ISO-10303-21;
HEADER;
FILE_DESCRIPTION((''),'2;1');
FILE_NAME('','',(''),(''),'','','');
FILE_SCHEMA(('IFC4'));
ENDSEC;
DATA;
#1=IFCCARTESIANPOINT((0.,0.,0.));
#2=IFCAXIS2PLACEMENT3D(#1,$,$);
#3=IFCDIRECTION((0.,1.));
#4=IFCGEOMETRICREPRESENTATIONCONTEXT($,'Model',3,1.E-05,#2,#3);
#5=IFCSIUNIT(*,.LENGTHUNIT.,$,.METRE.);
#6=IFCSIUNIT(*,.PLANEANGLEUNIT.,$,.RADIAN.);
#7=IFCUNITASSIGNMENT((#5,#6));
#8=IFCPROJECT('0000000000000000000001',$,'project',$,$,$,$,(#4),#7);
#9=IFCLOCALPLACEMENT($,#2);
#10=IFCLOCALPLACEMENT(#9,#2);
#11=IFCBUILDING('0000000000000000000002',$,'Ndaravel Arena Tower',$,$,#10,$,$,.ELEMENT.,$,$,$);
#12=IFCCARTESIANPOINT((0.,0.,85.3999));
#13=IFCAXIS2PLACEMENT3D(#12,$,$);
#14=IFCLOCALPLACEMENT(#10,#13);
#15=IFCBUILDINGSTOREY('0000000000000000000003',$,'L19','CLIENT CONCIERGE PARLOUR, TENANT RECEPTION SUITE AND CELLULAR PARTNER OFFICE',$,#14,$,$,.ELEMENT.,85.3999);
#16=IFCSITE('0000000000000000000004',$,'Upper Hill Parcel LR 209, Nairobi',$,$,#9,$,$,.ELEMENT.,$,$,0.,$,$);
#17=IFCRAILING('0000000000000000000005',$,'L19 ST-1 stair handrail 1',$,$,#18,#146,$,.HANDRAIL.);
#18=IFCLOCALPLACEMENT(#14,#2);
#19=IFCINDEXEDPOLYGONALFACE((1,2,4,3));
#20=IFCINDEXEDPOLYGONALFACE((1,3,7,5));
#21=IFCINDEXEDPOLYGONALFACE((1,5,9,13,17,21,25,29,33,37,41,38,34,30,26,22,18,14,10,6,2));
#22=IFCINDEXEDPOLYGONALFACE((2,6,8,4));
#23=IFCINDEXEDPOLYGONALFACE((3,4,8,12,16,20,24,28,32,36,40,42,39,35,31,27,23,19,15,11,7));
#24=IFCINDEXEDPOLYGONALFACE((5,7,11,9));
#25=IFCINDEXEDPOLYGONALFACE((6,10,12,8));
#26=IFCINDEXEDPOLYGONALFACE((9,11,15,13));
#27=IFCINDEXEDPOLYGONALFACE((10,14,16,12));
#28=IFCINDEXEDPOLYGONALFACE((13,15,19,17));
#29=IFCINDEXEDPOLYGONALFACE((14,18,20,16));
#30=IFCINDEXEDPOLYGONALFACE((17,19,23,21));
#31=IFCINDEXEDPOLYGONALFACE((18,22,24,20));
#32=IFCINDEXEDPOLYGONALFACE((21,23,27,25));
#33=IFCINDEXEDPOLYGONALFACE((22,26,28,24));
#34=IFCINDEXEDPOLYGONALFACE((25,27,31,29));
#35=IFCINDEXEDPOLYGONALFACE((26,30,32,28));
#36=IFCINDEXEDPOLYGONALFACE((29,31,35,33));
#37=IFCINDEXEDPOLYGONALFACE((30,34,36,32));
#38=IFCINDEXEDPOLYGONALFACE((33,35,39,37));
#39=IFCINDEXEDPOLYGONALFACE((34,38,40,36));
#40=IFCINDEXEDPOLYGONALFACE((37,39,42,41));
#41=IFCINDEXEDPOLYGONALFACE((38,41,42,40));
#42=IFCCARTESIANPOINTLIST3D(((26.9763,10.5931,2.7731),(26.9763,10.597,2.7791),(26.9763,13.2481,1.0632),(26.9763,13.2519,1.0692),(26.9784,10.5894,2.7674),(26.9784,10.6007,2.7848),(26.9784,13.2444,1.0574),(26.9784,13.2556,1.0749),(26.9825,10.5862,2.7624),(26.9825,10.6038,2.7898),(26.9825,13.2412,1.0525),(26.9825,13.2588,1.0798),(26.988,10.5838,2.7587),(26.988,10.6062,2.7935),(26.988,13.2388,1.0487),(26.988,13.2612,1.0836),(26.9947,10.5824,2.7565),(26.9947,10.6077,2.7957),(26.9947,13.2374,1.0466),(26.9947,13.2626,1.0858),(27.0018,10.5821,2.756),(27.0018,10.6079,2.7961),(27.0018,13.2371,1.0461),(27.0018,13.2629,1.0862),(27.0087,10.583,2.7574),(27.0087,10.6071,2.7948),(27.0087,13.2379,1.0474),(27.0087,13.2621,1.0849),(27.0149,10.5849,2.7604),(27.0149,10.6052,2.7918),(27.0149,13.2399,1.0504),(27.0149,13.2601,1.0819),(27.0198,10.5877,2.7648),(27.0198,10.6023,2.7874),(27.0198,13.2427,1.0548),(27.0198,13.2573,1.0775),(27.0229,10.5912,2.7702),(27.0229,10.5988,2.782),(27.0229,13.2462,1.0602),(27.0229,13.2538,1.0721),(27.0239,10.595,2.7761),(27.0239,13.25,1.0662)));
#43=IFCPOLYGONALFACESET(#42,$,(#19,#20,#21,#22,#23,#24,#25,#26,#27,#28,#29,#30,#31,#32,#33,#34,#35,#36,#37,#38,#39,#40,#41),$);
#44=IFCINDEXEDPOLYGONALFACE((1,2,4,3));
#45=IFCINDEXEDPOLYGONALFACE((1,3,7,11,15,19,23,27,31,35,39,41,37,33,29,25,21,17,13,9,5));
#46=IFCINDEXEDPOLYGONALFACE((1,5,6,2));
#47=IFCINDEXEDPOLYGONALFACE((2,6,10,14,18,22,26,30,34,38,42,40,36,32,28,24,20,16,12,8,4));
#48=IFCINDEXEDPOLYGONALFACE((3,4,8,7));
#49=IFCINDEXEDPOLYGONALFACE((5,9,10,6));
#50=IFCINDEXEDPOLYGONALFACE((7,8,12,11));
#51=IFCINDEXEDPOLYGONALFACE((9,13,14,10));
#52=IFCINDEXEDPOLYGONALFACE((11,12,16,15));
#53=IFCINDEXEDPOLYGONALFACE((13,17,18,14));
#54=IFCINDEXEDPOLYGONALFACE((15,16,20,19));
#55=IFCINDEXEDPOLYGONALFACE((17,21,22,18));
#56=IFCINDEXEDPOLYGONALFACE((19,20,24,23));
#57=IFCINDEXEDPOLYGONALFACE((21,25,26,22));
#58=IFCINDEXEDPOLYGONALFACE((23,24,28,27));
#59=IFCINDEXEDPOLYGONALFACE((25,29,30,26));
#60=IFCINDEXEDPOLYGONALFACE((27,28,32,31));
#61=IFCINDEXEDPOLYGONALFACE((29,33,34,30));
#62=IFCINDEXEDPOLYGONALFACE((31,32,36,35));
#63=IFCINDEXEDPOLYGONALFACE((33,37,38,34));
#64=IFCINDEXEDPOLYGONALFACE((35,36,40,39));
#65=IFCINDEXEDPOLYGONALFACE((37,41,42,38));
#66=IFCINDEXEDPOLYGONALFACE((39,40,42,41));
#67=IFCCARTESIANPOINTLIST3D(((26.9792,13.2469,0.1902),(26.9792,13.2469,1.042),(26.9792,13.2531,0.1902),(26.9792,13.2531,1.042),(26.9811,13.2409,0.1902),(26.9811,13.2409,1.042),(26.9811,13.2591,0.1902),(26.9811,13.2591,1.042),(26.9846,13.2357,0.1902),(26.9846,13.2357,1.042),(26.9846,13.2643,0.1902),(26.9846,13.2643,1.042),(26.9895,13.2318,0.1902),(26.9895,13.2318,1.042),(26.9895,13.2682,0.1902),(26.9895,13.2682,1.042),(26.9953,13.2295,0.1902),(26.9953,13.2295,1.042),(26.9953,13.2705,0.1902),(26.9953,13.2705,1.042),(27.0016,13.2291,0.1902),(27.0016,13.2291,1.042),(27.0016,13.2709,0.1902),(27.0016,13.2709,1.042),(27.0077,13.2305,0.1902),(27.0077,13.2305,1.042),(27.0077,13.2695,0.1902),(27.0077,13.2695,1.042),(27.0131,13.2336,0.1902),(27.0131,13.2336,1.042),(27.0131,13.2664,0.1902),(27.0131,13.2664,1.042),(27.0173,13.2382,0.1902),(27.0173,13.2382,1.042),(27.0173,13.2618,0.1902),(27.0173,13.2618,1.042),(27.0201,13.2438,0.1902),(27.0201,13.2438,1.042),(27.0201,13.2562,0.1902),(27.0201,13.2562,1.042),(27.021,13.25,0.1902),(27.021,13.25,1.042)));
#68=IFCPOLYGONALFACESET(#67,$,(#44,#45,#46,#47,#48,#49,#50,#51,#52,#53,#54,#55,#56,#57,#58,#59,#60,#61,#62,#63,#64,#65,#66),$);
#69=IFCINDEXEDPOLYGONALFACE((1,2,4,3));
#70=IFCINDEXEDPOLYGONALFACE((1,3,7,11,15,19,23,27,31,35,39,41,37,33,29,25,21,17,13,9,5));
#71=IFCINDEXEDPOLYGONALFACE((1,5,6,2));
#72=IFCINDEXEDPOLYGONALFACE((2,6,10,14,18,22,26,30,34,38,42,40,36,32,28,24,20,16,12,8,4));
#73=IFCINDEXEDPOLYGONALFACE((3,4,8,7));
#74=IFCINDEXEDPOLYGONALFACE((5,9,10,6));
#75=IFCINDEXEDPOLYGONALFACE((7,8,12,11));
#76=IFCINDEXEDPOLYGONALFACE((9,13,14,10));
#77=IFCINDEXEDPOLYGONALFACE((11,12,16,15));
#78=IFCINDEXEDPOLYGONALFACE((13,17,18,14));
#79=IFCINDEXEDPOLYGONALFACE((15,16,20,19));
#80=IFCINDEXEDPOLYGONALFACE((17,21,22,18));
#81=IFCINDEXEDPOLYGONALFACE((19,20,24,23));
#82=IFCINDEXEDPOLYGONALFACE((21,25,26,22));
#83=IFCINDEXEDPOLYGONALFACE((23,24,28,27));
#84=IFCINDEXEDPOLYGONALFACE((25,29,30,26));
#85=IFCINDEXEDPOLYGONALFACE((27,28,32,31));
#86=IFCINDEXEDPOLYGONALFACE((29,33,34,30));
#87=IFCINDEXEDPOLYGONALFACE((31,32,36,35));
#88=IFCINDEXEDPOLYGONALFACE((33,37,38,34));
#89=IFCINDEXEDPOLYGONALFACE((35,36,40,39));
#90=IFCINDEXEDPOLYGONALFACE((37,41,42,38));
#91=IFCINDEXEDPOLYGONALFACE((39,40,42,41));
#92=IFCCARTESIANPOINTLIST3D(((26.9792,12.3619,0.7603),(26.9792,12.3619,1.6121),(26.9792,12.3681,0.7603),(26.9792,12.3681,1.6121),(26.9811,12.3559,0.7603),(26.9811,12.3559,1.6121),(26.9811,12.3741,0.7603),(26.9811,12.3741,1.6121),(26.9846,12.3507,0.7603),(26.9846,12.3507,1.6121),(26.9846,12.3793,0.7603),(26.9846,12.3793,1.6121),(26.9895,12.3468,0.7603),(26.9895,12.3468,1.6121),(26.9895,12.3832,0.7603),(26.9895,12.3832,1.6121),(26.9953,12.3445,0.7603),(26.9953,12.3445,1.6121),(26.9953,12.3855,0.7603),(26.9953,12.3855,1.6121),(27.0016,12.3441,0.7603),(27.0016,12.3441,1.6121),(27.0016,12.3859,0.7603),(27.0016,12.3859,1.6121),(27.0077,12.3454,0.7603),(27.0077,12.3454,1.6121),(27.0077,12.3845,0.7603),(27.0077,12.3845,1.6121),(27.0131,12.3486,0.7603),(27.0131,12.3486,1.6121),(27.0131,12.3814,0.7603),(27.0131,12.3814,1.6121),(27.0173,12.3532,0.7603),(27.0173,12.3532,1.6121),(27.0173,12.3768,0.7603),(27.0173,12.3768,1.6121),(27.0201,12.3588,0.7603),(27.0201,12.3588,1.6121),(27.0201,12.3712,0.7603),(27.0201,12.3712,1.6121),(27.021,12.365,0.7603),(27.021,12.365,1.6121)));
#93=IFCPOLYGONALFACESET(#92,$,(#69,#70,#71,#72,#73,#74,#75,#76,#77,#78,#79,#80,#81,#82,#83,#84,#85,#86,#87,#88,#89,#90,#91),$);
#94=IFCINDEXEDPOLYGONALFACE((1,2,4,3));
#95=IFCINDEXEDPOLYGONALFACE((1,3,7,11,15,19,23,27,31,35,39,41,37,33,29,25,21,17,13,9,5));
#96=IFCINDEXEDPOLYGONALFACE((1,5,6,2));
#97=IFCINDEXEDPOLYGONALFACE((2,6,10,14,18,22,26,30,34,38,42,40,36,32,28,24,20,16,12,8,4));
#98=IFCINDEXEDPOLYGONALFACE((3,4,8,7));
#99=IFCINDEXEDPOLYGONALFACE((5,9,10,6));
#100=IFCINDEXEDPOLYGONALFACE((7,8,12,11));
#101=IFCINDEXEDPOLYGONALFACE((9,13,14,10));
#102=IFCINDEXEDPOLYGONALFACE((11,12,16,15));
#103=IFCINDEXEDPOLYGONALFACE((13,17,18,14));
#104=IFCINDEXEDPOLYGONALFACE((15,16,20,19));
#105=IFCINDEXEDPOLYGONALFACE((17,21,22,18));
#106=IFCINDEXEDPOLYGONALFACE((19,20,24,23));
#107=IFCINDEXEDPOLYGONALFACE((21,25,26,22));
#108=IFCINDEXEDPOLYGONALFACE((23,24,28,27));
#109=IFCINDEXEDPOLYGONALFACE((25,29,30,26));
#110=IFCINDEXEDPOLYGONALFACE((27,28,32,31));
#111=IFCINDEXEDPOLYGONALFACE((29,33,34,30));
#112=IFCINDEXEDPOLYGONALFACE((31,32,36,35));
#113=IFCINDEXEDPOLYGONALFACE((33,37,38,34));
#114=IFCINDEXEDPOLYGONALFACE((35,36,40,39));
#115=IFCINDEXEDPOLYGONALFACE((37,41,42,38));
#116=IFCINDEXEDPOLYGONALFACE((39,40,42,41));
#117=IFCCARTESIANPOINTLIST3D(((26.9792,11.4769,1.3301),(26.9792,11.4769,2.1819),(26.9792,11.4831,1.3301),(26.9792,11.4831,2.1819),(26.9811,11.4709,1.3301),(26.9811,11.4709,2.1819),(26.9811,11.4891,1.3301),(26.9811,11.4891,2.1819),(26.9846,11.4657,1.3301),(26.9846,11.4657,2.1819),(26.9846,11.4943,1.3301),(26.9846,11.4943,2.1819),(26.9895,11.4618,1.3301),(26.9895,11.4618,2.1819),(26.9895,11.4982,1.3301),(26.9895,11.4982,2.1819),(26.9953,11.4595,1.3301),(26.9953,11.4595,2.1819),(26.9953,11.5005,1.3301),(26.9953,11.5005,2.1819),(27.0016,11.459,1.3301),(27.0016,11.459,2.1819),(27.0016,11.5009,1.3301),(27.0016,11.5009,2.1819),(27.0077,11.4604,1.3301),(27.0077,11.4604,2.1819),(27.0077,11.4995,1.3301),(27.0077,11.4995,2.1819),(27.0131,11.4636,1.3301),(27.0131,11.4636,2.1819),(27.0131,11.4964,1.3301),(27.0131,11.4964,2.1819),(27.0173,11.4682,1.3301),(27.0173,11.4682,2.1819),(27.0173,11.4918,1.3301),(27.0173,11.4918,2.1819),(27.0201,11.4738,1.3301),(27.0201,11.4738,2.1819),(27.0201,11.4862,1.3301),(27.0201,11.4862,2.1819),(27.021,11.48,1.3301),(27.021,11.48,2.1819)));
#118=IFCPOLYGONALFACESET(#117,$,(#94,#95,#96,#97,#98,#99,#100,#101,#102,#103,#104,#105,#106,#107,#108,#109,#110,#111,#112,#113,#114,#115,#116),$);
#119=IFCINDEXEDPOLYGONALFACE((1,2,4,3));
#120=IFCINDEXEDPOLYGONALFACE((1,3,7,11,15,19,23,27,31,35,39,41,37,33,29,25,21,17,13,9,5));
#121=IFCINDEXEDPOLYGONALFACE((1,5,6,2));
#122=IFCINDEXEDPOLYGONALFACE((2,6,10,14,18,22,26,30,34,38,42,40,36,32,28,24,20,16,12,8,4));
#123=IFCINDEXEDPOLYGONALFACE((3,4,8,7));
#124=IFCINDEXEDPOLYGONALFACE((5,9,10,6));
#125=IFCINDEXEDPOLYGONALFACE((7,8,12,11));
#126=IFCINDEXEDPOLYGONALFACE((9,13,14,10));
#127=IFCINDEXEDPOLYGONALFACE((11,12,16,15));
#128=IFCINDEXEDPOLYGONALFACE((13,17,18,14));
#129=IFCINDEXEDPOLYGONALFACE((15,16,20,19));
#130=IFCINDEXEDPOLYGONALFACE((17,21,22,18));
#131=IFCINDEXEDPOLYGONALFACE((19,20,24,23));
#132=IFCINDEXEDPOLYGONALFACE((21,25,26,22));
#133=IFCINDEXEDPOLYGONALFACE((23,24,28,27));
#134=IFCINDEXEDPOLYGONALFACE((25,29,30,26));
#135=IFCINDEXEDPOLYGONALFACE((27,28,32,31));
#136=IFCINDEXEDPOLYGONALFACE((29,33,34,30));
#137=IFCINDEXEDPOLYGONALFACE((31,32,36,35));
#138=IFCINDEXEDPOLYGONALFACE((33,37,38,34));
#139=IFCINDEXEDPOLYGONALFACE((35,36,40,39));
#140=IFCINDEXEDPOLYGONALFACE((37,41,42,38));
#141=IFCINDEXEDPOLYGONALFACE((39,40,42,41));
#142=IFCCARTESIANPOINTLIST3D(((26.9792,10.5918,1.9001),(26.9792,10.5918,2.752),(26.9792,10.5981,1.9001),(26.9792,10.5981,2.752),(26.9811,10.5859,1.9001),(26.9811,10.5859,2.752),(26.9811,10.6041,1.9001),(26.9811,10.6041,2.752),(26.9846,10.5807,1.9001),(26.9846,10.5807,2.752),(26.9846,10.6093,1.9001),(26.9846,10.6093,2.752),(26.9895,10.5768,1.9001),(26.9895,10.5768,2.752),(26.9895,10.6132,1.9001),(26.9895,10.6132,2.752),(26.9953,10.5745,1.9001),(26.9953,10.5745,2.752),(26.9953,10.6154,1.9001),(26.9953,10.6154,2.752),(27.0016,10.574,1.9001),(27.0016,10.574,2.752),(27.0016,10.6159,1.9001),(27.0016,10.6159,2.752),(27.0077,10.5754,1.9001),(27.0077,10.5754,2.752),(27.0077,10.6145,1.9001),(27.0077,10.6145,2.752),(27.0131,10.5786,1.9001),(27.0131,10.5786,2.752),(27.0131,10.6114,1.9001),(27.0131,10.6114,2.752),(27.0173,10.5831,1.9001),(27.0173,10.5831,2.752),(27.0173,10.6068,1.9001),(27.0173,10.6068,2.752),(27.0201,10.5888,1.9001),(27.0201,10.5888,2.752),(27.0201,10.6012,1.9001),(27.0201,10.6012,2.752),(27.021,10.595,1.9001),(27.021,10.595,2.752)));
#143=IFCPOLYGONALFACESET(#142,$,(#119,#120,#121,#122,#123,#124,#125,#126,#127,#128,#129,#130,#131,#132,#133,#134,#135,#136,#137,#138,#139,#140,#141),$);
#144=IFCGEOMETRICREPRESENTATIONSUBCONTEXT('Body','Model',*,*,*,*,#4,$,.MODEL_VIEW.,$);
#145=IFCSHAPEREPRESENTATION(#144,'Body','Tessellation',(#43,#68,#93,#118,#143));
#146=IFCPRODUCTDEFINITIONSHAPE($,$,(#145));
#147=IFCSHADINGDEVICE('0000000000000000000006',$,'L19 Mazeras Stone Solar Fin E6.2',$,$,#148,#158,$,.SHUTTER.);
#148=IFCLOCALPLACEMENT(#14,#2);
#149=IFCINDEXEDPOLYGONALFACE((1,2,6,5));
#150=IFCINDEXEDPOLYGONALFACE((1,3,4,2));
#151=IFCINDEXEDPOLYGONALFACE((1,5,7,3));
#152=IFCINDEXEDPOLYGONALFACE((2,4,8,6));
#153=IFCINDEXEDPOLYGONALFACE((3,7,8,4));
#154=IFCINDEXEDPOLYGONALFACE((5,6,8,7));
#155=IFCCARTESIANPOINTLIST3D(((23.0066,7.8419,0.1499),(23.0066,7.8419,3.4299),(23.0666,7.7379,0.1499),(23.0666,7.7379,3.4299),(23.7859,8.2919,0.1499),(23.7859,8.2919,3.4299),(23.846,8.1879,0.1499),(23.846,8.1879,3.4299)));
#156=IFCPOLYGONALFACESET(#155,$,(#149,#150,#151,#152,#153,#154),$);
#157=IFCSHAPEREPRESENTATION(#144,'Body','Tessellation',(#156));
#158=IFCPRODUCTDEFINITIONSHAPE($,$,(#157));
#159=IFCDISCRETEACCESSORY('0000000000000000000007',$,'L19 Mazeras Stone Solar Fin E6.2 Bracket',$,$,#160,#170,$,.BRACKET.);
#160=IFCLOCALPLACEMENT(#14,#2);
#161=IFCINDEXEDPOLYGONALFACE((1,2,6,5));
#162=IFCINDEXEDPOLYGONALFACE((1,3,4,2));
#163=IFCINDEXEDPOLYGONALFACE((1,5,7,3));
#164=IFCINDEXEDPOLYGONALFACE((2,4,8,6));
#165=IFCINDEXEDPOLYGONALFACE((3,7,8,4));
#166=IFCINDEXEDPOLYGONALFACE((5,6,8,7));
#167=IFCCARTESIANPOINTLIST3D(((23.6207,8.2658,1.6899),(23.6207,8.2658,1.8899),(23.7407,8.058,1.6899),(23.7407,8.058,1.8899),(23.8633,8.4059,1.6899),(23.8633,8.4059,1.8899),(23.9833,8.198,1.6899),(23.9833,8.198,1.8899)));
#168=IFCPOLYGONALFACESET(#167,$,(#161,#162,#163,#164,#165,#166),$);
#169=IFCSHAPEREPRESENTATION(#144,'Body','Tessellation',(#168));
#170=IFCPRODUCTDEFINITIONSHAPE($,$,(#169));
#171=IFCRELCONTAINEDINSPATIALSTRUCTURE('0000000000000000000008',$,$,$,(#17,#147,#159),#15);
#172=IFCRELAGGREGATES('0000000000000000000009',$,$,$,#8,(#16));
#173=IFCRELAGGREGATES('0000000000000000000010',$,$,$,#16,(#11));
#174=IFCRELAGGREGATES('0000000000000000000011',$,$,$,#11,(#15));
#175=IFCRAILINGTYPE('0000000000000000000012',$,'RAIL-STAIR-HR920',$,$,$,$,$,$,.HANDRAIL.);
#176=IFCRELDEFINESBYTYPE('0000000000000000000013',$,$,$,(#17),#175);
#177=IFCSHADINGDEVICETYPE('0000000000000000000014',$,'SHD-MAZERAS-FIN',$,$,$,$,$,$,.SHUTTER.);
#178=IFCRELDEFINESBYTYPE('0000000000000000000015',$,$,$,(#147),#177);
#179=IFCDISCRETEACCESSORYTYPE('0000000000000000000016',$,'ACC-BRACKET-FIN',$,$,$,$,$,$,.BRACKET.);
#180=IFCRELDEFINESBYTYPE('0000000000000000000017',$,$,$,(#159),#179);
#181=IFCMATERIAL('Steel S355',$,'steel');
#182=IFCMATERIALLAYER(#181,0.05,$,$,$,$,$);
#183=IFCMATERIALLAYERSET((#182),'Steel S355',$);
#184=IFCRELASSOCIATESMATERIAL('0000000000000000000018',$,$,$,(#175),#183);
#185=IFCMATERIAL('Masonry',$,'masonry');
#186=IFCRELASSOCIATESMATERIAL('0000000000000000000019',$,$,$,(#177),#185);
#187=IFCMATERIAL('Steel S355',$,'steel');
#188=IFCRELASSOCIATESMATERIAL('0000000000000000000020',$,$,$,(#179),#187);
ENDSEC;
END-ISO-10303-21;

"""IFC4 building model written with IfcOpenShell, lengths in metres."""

from ifc_helpers import new_model, si_unit, direction, frame, origin, origin_2d, place, context, subcontext, project, spatial, rectangle, circle, extrude, material, layer, layer_set, type_object, element, save


model = new_model("IFC4")

# Units and contexts
model_context = context("Model", 3, precision=1e-05, world=origin(), true_north=direction((0.0, 1.0)))
body_context = subcontext(model_context, "Body", "Model", "MODEL_VIEW")
ifc_project = project(units=[si_unit("LENGTHUNIT", "METRE"), si_unit("PLANEANGLEUNIT", "RADIAN")], contexts=[model_context])

# Site, building, storey
site_placement = place(None, origin())
site = spatial("IfcSite", under=ifc_project, at=site_placement, Name="Upper Hill Parcel LR 209, Nairobi", CompositionType="ELEMENT", RefElevation=0.0)
building_placement = place(site_placement, origin())
building = spatial("IfcBuilding", under=site, at=building_placement, Name="Ndaravel Arena Tower", CompositionType="ELEMENT")
storey_placement = place(building_placement, frame((0.0, 0.0, 85.3999)))
storey = spatial("IfcBuildingStorey", under=building, at=storey_placement, Name="L19", Description="CLIENT CONCIERGE PARLOUR, TENANT RECEPTION SUITE AND CELLULAR PARTNER OFFICE", CompositionType="ELEMENT", Elevation=85.3999)

# Railing
ifc_material_1 = material(Name="Steel S355", Category="steel")
ifc_layer_1 = layer(ifc_material_1, 0.05)
ifc_layer_set_1 = layer_set([ifc_layer_1], Name="Steel S355")
railing_type_1 = type_object("IfcRailingType", Name="RAIL-STAIR-HR920", PredefinedType="HANDRAIL", material=ifc_layer_set_1)
railing_1_placement = place(storey_placement, frame((27.0, 13.25, 0.1902)))
element("IfcRailing", 1, at=railing_1_placement, inside=storey, type_object=railing_type_1, Name="L19 ST-1 stair handrail 1", PredefinedType="HANDRAIL", context=body_context, shape_type="SweptSolid", body=[
    extrude(circle(Radius=0.0239, at=origin_2d()), frame((0.0, 0.0, 0.876), z_axis=(0.0, -0.840724, 0.541465), x_axis=(1.0, 0.0, 0.0)), (0.0, 0.0, 1.0), 3.158),
    extrude(circle(Radius=0.021, at=origin_2d()), origin(), (0.0, 0.0, 1.0), 0.8518),
    extrude(circle(Radius=0.021, at=origin_2d()), frame((0.0, -0.885, 0.5701)), (0.0, 0.0, 1.0), 0.8518),
    extrude(circle(Radius=0.021, at=origin_2d()), frame((0.0, -1.77, 1.1399)), (0.0, 0.0, 1.0), 0.8518),
    extrude(circle(Radius=0.021, at=origin_2d()), frame((0.0, -2.655, 1.71)), (0.0, 0.0, 1.0), 0.8518),
])

# Shading device
ifc_material_2 = material(Name="Masonry", Category="masonry")
shading_device_type = type_object("IfcShadingDeviceType", Name="SHD-MAZERAS-FIN", PredefinedType="SHUTTER", material=ifc_material_2)
shading_device_placement = place(storey_placement, frame((23.4263, 8.0149, 0.1499), z_axis=(0.0, 0.0, 1.0), x_axis=(-0.866025, -0.5, 0.0)))
element("IfcShadingDevice", 2, at=shading_device_placement, inside=storey, type_object=shading_device_type, Name="L19 Mazeras Stone Solar Fin E6.2", PredefinedType="SHUTTER", context=body_context, shape_type="SweptSolid", body=[
    extrude(rectangle(XDim=0.8999, YDim=0.1201, at=origin_2d()), origin(), (0.0, 0.0, 1.0), 3.28),
])

# Discrete accessory
ifc_material_3 = material(Name="Steel S355", Category="steel")
discrete_accessory_type = type_object("IfcDiscreteAccessoryType", Name="ACC-BRACKET-FIN", PredefinedType="BRACKET", material=ifc_material_3)
discrete_accessory_placement = place(storey_placement, frame((23.802, 8.2319, 1.6899), z_axis=(0.0, 0.0, 1.0), x_axis=(-0.866025, -0.5, 0.0)))
element("IfcDiscreteAccessory", 3, at=discrete_accessory_placement, inside=storey, type_object=discrete_accessory_type, Name="L19 Mazeras Stone Solar Fin E6.2 Bracket", PredefinedType="BRACKET", context=body_context, shape_type="SweptSolid", body=[
    extrude(rectangle(XDim=0.28, YDim=0.24, at=origin_2d()), origin(), (0.0, 0.0, 1.0), 0.2),
])

save(model, "model.ifc")
